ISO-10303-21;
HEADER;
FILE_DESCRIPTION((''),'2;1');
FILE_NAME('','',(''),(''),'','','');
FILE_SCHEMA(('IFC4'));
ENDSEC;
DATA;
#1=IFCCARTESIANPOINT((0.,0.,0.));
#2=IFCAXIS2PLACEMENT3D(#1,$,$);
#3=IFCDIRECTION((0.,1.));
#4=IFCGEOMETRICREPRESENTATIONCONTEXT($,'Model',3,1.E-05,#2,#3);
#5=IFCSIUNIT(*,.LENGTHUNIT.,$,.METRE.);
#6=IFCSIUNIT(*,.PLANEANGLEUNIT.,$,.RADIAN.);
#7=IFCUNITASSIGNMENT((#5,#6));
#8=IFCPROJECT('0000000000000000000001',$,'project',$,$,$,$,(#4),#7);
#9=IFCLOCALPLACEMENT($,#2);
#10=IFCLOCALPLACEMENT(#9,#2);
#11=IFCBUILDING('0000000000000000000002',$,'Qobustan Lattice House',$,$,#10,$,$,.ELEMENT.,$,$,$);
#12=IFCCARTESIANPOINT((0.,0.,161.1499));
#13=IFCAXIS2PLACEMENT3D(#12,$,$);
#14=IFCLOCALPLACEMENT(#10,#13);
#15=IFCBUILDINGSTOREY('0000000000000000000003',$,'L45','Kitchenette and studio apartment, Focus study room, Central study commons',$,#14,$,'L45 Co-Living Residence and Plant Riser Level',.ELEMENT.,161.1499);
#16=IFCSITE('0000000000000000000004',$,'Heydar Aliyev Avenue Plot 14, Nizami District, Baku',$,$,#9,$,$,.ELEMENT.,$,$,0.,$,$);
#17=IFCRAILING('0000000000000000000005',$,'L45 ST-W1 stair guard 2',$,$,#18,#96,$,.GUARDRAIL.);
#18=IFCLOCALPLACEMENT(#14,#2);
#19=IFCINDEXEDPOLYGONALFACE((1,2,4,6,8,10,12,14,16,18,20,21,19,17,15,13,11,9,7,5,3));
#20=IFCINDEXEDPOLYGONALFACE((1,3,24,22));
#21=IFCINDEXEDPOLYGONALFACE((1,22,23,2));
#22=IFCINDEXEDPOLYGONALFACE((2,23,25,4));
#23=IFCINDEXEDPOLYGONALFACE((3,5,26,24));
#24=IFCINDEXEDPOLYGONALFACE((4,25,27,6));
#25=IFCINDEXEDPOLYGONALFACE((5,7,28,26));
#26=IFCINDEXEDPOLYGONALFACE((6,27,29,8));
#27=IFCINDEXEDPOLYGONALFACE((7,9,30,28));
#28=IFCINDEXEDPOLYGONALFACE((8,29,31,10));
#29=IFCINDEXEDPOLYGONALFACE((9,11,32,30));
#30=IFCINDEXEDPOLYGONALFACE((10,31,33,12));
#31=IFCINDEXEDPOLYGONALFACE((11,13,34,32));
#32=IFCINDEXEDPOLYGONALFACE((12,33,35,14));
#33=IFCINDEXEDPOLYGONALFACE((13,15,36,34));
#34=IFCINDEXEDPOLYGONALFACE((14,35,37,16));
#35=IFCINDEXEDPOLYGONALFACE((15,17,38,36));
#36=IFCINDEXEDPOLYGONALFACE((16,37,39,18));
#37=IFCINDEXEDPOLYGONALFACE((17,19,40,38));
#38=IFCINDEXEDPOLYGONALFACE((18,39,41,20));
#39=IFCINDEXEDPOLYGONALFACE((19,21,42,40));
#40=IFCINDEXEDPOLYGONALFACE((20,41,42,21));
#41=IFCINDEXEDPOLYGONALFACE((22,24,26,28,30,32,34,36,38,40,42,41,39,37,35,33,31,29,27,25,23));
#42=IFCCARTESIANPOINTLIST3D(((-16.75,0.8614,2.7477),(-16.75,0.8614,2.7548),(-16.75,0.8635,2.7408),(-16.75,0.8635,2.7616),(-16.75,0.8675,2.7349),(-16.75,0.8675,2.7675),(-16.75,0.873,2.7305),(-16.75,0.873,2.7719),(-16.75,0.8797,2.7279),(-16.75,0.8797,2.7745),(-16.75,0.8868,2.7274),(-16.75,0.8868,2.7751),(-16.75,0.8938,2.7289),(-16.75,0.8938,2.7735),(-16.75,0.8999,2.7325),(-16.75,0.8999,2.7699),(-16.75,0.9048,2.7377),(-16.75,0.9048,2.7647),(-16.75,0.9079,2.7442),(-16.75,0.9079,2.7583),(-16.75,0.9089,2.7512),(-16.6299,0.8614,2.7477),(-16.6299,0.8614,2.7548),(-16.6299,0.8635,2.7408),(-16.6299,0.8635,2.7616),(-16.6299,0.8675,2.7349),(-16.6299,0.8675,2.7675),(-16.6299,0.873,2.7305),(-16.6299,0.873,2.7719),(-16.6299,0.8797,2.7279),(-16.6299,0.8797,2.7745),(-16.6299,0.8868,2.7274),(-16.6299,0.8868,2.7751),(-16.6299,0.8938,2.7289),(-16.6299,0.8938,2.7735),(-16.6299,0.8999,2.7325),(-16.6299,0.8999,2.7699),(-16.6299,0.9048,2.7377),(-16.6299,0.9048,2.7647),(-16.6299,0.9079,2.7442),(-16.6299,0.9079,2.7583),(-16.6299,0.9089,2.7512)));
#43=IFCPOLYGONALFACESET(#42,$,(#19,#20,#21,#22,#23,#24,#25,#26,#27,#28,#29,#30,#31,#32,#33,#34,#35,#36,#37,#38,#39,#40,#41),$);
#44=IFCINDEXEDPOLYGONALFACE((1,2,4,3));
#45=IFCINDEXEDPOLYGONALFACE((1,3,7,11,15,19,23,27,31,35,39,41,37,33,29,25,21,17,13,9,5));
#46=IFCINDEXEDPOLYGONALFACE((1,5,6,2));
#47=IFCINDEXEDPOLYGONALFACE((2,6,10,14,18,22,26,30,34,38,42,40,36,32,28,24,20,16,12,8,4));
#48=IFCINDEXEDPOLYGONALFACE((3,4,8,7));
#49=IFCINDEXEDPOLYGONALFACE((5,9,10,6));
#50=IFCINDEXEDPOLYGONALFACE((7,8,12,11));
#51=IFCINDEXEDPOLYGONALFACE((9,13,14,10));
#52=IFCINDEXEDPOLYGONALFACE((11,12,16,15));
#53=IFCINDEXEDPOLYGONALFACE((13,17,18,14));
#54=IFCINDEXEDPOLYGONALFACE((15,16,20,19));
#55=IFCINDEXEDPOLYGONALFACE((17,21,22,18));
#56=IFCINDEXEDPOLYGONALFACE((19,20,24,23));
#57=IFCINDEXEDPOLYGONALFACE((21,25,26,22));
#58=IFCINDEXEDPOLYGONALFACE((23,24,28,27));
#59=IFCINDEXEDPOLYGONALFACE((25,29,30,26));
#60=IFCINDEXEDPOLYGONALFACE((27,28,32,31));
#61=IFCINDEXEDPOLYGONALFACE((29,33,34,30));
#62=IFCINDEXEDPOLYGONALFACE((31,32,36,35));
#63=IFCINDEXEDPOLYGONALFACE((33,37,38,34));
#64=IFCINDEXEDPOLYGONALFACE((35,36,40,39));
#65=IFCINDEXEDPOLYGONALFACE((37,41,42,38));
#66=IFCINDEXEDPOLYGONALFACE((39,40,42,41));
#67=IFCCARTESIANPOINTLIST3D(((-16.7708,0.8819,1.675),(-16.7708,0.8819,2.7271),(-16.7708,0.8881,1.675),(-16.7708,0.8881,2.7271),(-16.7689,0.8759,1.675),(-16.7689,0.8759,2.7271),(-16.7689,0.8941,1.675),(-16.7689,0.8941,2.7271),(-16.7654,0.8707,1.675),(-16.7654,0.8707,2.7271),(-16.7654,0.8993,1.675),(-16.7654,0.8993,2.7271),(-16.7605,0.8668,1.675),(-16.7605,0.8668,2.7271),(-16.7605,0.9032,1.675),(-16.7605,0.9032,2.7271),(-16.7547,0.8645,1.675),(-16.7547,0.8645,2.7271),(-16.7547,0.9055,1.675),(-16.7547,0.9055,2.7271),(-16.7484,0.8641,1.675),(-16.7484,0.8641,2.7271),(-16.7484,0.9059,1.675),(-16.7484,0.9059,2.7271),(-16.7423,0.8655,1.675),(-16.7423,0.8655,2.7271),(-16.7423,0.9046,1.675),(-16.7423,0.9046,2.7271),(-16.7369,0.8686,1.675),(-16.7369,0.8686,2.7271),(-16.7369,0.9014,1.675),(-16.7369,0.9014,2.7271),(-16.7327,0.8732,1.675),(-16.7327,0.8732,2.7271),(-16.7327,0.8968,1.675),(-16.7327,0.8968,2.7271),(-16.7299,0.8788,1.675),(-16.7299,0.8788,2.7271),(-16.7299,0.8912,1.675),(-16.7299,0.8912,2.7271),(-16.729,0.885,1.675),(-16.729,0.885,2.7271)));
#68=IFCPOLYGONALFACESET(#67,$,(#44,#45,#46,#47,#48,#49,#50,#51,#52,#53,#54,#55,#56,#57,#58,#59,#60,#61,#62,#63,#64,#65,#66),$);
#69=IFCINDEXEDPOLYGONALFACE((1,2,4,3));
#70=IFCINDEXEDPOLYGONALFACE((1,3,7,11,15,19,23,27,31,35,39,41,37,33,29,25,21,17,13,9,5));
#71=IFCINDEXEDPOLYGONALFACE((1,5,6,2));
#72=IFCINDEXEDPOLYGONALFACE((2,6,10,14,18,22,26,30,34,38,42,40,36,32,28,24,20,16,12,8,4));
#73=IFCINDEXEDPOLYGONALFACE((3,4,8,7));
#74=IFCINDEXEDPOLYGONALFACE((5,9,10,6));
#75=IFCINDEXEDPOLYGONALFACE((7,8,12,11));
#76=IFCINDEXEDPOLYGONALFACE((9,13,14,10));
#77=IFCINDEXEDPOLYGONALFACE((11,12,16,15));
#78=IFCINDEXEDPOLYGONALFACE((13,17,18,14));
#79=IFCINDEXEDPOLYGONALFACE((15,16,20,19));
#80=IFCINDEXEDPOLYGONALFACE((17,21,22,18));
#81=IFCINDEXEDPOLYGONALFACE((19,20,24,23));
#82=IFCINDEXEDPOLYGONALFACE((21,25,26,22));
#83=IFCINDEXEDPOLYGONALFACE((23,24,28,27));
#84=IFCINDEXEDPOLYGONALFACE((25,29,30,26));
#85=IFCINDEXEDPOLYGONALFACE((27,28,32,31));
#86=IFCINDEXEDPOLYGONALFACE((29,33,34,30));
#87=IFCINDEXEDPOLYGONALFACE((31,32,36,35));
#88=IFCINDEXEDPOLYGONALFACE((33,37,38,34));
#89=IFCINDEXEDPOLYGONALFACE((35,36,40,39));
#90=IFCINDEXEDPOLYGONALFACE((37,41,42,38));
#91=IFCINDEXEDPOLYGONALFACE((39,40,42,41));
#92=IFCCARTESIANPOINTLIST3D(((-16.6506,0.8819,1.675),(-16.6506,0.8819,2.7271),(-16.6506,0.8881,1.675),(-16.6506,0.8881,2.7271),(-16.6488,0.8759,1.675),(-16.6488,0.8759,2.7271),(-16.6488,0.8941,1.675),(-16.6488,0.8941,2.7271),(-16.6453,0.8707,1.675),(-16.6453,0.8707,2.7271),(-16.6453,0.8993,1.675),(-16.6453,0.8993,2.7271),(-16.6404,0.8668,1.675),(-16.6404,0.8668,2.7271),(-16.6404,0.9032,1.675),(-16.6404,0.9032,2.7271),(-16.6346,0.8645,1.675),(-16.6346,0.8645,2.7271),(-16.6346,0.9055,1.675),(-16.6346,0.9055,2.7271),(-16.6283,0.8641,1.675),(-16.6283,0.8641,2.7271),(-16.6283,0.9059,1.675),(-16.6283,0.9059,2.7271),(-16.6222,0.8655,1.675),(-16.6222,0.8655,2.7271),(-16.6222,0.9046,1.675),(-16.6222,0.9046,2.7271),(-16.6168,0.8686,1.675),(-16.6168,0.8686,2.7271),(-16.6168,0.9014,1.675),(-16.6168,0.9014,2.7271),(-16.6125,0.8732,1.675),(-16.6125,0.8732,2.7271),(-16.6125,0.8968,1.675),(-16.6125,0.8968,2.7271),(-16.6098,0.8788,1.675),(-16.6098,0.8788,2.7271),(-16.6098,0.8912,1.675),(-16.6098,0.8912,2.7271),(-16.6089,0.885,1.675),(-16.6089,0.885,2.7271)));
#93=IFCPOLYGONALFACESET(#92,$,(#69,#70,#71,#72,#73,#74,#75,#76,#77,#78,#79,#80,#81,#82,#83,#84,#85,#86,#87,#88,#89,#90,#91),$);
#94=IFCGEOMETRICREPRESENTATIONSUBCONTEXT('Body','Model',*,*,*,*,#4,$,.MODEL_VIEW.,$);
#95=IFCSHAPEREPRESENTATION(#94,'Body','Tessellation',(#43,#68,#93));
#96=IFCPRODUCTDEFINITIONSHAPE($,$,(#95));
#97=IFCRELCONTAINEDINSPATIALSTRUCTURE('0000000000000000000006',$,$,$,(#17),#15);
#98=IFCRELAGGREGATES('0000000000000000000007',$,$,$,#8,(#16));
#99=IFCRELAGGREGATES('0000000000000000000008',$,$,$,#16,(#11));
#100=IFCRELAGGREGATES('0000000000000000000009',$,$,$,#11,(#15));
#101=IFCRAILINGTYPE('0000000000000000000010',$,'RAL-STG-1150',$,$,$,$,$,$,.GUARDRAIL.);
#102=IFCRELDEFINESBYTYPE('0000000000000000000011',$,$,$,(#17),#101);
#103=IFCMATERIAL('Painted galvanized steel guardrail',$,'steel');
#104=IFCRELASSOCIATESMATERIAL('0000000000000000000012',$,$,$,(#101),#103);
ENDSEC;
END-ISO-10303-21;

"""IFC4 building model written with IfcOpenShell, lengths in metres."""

from ifc_helpers import new_model, si_unit, direction, frame, origin, origin_2d, place, context, subcontext, project, spatial, circle, extrude, material, type_object, element, save


model = new_model("IFC4")

# Units and contexts
model_context = context("Model", 3, precision=1e-05, world=origin(), true_north=direction((0.0, 1.0)))
body_context = subcontext(model_context, "Body", "Model", "MODEL_VIEW")
ifc_project = project(units=[si_unit("LENGTHUNIT", "METRE"), si_unit("PLANEANGLEUNIT", "RADIAN")], contexts=[model_context])

# Site, building, storey
site_placement = place(None, origin())
site = spatial("IfcSite", under=ifc_project, at=site_placement, Name="Heydar Aliyev Avenue Plot 14, Nizami District, Baku", CompositionType="ELEMENT", RefElevation=0.0)
building_placement = place(site_placement, origin())
building = spatial("IfcBuilding", under=site, at=building_placement, Name="Qobustan Lattice House", CompositionType="ELEMENT")
storey_placement = place(building_placement, frame((0.0, 0.0, 161.1499)))
storey = spatial("IfcBuildingStorey", under=building, at=storey_placement, Name="L45", Description="Kitchenette and studio apartment, Focus study room, Central study commons", LongName="L45 Co-Living Residence and Plant Riser Level", CompositionType="ELEMENT", Elevation=161.1499)

# Railing
ifc_material_1 = material(Name="Painted galvanized steel guardrail", Category="steel")
railing_type_1 = type_object("IfcRailingType", Name="RAL-STG-1150", PredefinedType="GUARDRAIL", material=ifc_material_1)
railing_1_placement = place(storey_placement, frame((-16.75, 0.885, 1.675)))
element("IfcRailing", 1, at=railing_1_placement, inside=storey, type_object=railing_type_1, Name="L45 ST-W1 stair guard 2", PredefinedType="GUARDRAIL", context=body_context, shape_type="SweptSolid", body=[
    extrude(circle(Radius=0.0239, at=origin_2d()), frame((0.0, 0.0, 1.0762), z_axis=(1.0, 0.0, 0.0), x_axis=(0.0, 1.0, 0.0)), (0.0, 0.0, 1.0), 0.1201),
    extrude(circle(Radius=0.021, at=origin_2d()), origin(), (0.0, 0.0, 1.0), 1.052),
    extrude(circle(Radius=0.021, at=origin_2d()), frame((0.1201, 0.0, 0.0)), (0.0, 0.0, 1.0), 1.052),
])

save(model, "model.ifc")
